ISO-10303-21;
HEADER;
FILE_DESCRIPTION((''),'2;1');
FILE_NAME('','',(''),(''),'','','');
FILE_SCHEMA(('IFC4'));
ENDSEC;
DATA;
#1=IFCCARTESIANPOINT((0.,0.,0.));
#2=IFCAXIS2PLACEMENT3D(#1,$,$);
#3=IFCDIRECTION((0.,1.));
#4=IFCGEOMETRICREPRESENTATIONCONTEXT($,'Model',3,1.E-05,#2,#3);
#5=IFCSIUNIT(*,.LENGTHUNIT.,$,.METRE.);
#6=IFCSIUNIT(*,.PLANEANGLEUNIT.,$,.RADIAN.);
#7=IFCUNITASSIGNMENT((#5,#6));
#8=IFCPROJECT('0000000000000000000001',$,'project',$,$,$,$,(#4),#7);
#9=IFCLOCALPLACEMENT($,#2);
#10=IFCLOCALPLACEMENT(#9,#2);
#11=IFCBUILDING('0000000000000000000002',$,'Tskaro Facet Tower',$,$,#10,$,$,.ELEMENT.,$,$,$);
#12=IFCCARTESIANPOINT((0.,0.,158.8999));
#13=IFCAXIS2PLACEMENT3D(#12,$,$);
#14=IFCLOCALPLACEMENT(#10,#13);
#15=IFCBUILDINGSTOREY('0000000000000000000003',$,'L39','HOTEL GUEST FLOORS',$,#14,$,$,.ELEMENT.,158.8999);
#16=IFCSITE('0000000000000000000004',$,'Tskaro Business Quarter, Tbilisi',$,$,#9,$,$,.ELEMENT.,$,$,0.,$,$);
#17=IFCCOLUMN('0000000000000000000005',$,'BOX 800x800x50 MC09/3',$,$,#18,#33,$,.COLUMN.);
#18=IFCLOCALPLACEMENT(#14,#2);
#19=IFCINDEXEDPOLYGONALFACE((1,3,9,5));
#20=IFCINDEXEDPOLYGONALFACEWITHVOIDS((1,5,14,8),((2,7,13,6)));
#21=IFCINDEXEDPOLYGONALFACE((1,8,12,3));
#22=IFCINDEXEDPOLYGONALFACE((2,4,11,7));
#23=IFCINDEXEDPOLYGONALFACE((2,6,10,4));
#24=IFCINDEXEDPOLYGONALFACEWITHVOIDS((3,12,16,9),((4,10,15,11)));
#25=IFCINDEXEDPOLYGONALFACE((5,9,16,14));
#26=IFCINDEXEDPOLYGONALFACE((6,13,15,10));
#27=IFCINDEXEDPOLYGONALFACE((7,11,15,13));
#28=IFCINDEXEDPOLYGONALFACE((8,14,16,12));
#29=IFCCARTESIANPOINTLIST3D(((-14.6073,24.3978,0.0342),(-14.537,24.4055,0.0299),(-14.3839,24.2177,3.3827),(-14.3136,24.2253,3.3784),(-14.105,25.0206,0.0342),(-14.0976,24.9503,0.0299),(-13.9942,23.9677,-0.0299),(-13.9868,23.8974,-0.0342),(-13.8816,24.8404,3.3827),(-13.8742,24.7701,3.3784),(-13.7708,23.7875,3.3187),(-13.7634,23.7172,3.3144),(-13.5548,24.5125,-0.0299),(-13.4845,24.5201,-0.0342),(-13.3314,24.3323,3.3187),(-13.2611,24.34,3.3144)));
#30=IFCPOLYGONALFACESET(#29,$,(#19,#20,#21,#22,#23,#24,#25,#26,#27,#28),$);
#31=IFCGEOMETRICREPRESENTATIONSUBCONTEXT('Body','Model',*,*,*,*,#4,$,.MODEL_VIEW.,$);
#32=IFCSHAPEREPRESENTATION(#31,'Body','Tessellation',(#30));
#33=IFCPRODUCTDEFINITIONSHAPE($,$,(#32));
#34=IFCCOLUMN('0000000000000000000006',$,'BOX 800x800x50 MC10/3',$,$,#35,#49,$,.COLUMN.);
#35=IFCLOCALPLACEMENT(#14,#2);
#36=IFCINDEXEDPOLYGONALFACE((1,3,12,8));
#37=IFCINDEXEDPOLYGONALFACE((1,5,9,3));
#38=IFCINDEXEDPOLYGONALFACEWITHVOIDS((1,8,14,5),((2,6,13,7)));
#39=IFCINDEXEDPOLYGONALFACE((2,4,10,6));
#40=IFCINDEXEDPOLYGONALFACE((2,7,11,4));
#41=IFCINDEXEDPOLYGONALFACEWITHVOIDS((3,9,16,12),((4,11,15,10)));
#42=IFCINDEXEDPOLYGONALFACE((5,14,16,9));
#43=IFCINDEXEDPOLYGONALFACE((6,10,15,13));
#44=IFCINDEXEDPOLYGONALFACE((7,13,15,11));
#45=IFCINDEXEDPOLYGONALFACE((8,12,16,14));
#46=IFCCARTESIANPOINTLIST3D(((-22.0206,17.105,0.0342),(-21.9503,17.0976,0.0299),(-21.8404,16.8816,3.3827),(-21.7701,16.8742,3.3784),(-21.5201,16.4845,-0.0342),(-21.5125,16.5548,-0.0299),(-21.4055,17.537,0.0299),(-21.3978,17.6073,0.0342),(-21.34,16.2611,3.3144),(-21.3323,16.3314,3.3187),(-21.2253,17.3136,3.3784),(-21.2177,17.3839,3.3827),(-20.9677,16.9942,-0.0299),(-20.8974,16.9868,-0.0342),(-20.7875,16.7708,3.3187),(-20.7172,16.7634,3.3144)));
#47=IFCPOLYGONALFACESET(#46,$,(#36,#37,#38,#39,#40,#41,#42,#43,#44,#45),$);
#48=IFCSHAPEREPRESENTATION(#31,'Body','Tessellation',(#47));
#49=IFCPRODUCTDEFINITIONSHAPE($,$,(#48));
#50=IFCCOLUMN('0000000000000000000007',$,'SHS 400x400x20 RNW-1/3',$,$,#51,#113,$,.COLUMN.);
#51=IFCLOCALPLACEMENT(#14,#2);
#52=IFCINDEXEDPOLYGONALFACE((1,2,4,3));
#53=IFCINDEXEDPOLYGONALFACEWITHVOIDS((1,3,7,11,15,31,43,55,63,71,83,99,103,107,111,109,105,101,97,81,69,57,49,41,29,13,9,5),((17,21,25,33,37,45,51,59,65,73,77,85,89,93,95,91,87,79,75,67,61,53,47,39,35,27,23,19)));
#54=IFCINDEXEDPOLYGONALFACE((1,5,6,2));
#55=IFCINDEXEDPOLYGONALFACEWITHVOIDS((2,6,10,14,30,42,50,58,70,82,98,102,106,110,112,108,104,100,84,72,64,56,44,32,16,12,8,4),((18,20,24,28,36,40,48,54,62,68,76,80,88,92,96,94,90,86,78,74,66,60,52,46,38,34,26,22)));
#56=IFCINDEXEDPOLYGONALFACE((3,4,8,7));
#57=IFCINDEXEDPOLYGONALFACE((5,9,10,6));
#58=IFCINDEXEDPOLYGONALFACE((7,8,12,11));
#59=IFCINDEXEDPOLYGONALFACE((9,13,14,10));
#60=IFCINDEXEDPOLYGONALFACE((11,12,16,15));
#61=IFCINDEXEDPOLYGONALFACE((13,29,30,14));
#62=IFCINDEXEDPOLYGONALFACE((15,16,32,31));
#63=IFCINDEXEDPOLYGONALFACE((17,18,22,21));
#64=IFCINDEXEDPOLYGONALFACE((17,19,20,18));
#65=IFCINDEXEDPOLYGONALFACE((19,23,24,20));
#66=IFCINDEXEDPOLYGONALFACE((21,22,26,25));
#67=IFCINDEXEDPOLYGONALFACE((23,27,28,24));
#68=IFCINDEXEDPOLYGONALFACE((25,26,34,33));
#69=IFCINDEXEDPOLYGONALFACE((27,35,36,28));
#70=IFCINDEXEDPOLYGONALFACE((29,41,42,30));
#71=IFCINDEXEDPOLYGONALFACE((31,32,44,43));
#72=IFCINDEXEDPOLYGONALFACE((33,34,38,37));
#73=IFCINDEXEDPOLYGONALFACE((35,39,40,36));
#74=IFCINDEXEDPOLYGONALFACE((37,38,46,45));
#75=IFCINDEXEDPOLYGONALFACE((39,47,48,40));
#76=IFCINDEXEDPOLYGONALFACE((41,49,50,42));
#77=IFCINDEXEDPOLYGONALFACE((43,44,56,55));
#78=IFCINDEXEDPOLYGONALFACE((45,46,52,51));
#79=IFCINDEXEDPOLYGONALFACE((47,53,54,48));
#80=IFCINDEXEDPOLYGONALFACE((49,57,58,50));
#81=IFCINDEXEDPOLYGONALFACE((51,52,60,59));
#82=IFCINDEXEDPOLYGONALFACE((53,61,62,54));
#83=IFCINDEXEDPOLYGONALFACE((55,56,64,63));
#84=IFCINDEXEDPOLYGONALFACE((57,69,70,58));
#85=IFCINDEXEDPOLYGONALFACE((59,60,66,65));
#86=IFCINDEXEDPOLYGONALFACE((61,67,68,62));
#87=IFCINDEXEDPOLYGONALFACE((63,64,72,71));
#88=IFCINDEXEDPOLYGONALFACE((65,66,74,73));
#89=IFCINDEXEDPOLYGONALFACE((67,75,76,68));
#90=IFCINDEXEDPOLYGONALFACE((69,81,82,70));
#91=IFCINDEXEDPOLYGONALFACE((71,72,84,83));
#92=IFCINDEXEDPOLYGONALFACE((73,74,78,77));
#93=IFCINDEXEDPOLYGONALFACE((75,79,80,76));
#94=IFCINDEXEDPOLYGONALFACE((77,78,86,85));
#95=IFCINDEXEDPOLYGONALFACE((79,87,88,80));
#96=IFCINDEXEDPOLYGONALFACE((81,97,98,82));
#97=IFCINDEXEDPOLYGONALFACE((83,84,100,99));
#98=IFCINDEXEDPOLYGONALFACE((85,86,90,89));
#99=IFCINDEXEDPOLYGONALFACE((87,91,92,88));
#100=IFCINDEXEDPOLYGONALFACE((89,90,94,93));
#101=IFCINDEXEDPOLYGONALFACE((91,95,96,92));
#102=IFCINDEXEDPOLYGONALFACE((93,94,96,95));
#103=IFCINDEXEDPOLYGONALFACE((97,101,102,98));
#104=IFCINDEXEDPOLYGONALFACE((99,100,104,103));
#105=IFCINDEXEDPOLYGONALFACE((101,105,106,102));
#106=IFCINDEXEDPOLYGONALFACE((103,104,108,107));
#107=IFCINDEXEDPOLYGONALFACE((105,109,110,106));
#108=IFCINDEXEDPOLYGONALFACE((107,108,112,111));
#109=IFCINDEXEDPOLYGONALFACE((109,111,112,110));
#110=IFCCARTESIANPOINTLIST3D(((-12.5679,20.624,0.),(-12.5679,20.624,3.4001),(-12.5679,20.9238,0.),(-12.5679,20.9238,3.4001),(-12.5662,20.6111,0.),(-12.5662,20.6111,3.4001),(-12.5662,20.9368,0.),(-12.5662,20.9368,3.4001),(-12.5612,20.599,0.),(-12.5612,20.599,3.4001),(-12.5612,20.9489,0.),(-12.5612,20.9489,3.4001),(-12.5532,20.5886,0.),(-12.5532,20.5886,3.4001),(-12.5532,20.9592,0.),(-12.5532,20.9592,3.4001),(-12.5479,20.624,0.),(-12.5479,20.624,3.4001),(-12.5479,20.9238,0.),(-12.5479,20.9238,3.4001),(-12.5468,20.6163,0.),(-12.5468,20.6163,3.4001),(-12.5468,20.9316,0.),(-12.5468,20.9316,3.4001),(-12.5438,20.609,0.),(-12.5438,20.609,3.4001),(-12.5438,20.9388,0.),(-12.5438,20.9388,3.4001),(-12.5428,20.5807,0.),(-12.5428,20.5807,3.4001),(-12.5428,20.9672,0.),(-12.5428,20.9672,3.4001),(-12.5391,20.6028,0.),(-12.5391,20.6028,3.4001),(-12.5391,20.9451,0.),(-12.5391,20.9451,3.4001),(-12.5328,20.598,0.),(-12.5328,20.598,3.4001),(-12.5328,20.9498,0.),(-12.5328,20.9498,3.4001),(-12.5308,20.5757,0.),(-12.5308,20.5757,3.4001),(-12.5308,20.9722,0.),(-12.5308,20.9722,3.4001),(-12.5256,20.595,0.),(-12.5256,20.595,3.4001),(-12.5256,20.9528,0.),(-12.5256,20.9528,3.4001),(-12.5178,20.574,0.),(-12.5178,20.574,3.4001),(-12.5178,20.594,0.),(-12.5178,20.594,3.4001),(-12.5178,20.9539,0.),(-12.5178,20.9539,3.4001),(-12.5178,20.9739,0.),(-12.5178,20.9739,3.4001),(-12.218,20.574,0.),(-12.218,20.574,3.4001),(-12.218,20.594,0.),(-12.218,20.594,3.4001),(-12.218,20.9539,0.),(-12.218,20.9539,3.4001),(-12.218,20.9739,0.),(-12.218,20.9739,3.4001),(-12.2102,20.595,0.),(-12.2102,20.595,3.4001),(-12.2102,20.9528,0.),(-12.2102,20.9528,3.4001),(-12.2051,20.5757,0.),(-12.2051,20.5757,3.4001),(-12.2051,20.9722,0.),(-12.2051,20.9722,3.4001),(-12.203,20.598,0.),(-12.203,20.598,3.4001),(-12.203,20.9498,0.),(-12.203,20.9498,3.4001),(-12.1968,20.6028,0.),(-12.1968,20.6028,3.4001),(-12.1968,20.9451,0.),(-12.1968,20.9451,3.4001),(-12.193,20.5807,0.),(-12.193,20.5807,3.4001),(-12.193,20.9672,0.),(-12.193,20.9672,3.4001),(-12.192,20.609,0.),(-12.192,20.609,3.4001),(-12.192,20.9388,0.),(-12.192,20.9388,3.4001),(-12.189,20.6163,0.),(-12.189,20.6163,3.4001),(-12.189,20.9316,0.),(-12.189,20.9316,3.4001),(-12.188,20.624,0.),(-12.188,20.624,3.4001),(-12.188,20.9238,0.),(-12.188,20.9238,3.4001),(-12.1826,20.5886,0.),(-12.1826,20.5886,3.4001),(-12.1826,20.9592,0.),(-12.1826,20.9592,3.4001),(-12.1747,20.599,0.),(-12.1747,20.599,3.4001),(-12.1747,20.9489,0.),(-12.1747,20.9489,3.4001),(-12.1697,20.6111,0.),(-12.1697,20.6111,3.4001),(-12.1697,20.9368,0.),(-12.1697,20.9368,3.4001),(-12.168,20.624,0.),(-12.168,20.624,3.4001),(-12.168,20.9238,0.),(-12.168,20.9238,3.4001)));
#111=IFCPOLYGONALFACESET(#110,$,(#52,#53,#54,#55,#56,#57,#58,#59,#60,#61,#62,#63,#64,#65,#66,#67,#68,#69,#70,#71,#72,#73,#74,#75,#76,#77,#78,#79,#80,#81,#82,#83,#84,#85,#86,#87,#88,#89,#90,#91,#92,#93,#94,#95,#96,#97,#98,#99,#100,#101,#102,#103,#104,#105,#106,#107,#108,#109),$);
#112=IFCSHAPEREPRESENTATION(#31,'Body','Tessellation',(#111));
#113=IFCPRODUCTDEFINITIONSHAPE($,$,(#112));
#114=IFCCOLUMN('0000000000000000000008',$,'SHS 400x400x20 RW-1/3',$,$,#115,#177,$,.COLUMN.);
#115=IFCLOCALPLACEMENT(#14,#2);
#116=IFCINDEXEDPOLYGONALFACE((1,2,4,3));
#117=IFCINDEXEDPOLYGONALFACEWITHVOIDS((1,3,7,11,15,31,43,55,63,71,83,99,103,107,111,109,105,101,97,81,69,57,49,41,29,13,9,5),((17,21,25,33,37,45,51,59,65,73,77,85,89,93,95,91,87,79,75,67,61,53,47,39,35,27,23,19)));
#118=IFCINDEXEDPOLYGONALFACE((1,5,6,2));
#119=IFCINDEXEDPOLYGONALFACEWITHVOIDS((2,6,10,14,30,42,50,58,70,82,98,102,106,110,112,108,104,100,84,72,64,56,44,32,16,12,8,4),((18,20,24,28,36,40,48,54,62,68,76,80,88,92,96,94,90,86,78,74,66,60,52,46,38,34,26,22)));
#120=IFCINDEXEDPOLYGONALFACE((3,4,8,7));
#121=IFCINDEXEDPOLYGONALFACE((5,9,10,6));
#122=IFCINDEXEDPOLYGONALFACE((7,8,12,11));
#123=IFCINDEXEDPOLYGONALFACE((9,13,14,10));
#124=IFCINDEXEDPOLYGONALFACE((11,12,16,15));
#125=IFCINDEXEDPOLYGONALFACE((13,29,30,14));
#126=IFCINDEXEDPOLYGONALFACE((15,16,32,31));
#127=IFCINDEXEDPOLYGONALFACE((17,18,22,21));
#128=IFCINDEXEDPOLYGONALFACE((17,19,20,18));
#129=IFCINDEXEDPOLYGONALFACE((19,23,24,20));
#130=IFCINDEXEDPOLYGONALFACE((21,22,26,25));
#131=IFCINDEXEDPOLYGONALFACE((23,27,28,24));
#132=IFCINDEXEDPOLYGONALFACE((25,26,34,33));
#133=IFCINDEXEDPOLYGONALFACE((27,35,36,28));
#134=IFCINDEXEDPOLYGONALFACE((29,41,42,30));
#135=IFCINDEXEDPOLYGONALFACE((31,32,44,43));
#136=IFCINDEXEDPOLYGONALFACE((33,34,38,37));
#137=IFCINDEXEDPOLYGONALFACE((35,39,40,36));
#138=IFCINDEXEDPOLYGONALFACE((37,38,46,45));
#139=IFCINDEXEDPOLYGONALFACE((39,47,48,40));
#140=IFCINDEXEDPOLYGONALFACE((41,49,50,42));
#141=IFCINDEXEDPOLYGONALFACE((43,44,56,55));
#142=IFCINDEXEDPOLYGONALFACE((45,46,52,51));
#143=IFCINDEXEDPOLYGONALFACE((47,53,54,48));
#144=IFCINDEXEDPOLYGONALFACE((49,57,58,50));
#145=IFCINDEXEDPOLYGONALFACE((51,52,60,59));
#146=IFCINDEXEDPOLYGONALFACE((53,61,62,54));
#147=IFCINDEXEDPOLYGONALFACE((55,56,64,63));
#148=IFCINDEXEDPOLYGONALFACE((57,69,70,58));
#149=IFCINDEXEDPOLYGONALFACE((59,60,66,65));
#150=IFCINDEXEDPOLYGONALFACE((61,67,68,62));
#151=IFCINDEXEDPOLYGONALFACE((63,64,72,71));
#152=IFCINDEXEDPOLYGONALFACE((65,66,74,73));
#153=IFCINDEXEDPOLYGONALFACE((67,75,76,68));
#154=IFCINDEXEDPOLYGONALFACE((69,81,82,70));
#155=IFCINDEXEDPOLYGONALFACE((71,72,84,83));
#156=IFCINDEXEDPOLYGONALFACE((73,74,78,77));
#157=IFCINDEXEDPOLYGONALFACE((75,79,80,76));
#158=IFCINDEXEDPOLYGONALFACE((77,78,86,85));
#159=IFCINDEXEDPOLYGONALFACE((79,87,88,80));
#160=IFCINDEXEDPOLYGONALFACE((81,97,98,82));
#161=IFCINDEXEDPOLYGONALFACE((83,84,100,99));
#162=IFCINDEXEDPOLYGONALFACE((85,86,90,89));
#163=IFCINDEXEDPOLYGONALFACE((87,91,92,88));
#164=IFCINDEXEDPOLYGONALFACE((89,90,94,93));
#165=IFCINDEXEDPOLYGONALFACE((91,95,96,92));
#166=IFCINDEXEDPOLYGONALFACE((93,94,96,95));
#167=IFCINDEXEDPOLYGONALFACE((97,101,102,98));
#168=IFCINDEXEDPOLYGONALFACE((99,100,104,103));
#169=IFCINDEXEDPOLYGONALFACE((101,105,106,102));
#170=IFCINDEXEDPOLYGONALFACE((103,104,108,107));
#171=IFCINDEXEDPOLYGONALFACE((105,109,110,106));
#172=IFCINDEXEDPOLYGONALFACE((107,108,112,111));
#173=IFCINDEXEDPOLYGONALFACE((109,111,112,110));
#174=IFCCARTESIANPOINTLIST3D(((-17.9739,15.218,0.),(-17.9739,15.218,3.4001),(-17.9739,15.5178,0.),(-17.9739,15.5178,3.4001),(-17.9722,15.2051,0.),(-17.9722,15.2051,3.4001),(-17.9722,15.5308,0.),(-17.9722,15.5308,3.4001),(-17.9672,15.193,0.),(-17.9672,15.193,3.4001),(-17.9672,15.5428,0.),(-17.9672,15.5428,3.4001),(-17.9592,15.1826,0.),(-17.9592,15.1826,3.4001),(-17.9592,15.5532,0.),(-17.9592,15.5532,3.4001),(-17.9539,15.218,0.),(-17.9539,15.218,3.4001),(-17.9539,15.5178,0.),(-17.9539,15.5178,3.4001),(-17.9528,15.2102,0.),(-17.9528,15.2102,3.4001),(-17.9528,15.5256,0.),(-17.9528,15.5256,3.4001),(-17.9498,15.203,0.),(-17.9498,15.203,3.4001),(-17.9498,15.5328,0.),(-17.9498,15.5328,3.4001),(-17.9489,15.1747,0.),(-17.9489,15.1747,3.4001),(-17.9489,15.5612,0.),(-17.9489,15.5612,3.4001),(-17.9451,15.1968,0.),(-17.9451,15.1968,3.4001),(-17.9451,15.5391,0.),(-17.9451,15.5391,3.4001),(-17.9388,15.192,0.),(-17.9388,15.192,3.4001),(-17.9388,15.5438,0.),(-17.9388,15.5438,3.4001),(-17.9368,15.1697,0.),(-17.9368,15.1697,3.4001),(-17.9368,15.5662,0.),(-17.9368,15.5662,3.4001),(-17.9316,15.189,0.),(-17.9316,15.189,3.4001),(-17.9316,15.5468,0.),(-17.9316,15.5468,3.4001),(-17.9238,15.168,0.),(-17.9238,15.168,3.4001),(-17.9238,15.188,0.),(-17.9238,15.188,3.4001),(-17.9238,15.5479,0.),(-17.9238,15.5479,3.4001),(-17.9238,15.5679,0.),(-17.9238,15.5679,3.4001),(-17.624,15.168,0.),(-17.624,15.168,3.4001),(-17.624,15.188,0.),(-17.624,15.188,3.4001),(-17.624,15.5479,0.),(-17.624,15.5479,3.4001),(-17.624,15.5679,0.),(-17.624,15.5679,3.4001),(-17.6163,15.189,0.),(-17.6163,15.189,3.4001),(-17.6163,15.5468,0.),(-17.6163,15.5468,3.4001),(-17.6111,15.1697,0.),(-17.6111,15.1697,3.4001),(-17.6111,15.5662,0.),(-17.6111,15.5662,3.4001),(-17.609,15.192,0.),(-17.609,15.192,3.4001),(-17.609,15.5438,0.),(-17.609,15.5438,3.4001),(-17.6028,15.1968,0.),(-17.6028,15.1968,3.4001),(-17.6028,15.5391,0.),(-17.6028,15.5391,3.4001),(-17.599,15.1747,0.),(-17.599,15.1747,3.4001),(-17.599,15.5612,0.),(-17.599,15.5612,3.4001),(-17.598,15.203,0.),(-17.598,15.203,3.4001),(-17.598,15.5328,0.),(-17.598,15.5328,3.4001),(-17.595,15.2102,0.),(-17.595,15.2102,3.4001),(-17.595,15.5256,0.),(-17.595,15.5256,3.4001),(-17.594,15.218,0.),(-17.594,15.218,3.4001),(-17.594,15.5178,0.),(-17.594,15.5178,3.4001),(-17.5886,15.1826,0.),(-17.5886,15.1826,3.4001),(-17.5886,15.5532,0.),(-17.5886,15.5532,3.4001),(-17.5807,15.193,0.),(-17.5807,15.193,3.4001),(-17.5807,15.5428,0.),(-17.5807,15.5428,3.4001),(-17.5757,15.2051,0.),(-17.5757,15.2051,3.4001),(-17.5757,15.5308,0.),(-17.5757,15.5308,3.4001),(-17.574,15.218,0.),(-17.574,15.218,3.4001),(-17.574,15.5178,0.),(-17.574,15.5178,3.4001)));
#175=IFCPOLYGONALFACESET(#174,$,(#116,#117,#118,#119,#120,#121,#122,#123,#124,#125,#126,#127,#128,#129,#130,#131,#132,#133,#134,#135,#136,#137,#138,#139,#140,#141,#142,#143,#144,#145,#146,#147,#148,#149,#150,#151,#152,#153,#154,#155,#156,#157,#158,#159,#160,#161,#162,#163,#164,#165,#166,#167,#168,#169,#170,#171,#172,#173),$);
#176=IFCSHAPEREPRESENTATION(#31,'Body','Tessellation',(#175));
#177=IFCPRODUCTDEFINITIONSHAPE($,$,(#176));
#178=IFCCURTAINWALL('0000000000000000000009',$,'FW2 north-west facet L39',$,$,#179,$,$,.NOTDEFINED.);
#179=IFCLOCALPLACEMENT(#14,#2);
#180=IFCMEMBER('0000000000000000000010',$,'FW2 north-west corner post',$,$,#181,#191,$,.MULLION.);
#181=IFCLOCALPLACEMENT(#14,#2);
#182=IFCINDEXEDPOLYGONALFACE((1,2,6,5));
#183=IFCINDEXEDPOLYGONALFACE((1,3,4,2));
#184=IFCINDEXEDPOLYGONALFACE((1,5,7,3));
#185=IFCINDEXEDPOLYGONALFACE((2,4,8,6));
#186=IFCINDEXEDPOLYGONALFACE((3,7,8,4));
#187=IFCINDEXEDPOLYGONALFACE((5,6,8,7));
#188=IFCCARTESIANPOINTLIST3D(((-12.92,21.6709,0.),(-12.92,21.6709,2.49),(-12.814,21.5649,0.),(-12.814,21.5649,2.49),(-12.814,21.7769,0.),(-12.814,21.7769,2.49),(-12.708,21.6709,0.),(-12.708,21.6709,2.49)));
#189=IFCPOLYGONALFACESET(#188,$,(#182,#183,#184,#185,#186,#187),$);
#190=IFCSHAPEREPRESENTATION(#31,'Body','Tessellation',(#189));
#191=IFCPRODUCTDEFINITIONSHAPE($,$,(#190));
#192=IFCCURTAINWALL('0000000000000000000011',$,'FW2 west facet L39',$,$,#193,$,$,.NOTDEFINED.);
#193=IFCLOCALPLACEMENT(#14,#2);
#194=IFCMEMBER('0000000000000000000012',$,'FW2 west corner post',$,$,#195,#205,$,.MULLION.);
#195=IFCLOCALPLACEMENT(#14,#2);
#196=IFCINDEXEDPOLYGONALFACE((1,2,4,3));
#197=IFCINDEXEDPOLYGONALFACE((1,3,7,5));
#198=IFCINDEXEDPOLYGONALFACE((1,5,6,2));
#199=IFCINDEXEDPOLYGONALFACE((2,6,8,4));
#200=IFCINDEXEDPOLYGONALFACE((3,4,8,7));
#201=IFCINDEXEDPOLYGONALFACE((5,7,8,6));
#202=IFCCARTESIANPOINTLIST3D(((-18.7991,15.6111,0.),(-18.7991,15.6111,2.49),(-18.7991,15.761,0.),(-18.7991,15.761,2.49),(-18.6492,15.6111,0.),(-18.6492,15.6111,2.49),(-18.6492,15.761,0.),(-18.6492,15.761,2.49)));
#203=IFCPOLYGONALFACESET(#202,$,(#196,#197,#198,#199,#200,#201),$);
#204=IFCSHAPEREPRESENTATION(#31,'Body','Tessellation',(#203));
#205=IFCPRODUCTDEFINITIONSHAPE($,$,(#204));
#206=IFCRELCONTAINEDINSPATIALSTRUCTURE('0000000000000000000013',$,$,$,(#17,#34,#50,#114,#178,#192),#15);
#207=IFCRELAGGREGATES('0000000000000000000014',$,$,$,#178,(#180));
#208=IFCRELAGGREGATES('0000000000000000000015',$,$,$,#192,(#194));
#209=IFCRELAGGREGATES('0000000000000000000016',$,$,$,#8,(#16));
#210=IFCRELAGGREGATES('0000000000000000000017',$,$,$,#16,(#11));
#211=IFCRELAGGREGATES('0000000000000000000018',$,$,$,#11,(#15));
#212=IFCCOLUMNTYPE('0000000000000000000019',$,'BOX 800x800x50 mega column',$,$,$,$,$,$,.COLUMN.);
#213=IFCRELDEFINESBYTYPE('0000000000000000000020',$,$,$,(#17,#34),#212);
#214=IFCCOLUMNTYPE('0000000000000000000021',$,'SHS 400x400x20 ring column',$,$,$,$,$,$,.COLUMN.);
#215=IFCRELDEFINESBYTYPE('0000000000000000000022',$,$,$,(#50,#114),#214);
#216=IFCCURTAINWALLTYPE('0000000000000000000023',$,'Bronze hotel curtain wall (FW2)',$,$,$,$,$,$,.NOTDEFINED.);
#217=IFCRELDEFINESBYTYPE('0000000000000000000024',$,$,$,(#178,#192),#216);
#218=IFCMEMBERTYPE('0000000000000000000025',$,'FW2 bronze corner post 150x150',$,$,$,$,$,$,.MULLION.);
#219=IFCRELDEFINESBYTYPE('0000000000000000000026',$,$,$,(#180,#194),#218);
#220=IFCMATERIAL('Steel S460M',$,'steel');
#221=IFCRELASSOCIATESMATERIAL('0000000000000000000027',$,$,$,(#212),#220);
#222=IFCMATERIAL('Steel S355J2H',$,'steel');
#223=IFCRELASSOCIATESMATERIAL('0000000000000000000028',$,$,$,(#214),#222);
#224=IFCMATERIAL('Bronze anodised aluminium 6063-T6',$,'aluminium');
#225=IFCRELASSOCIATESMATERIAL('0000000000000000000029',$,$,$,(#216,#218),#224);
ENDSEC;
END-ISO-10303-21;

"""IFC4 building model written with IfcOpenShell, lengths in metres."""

from ifc_helpers import new_model, si_unit, direction, frame, origin, origin_2d, place, context, subcontext, project, spatial, rectangle, hollow_rectangle, extrude, material, material_profile, profile_set, type_object, element, aggregate, save


model = new_model("IFC4")

# Units and contexts
model_context = context("Model", 3, precision=1e-05, world=origin(), true_north=direction((0.0, 1.0)))
body_context = subcontext(model_context, "Body", "Model", "MODEL_VIEW")
ifc_project = project(units=[si_unit("LENGTHUNIT", "METRE"), si_unit("PLANEANGLEUNIT", "RADIAN")], contexts=[model_context])

# Site, building, storey
site_placement = place(None, origin())
site = spatial("IfcSite", under=ifc_project, at=site_placement, Name="Tskaro Business Quarter, Tbilisi", CompositionType="ELEMENT", RefElevation=0.0)
building_placement = place(site_placement, origin())
building = spatial("IfcBuilding", under=site, at=building_placement, Name="Tskaro Facet Tower", CompositionType="ELEMENT")
storey_placement = place(building_placement, frame((0.0, 0.0, 158.8999)))
storey = spatial("IfcBuildingStorey", under=building, at=storey_placement, Name="L39", Description="HOTEL GUEST FLOORS", CompositionType="ELEMENT", Elevation=158.8999)

# Columns
ifc_material_1 = material(Name="Steel S460M", Category="steel")
ifc_material_profile_1 = material_profile(ifc_material_1, hollow_rectangle(XDim=0.8, YDim=0.8, WallThickness=0.05, at=origin_2d()), Name="BOX 800x800x50")
ifc_profile_set_1 = profile_set([ifc_material_profile_1], Name="Steel S460M")
column_type_1 = type_object("IfcColumnType", Name="BOX 800x800x50 mega column", PredefinedType="COLUMN", material=ifc_profile_set_1)
for number, where, z_axis, x_axis, name in (
    (1, (-14.0459, 24.459, 0.0), (0.066467, -0.053609, 0.996347), (0.627802, 0.778373, 0.0), "BOX 800x800x50 MC09/3"),
    (2, (-21.459, 17.0459, 0.0), (0.053609, -0.066467, 0.996347), (0.778373, 0.627802, 0.0), "BOX 800x800x50 MC10/3"),
):
    element("IfcColumn", number, at=place(storey_placement, frame(where, z_axis=z_axis, x_axis=x_axis)), inside=storey, type_object=column_type_1, Name=name, PredefinedType="COLUMN", context=body_context, shape_type="SweptSolid", body=[
        extrude(hollow_rectangle(XDim=0.8, YDim=0.8, WallThickness=0.05, at=origin_2d()), origin(), (0.0, 0.0, 1.0), 3.3608),
    ])
ifc_material_2 = material(Name="Steel S355J2H", Category="steel")
ifc_material_profile_2 = material_profile(ifc_material_2, hollow_rectangle(XDim=0.3999, YDim=0.3999, WallThickness=0.02, InnerFilletRadius=0.03, OuterFilletRadius=0.05, at=origin_2d()), Name="SHS 400x400x20")
ifc_profile_set_2 = profile_set([ifc_material_profile_2], Name="Steel S355J2H")
column_type_2 = type_object("IfcColumnType", Name="SHS 400x400x20 ring column", PredefinedType="COLUMN", material=ifc_profile_set_2)
for number, where, z_axis, x_axis, name in (
    (3, (-12.3679, 20.7739, 0.0), (0.0, 0.0, 1.0), (1.0, 0.0, 0.0), "SHS 400x400x20 RNW-1/3"),
    (4, (-17.7739, 15.3679, 0.0), (0.0, 0.0, 1.0), (1.0, 0.0, 0.0), "SHS 400x400x20 RW-1/3"),
):
    element("IfcColumn", number, at=place(storey_placement, frame(where, z_axis=z_axis, x_axis=x_axis)), inside=storey, type_object=column_type_2, Name=name, PredefinedType="COLUMN", context=body_context, shape_type="SweptSolid", body=[
        extrude(hollow_rectangle(XDim=0.3999, YDim=0.3999, WallThickness=0.02, InnerFilletRadius=0.03, OuterFilletRadius=0.05, at=origin_2d()), origin(), (0.0, 0.0, 1.0), 3.4001),
    ])

# Curtain wall, member
ifc_material_3 = material(Name="Bronze anodised aluminium 6063-T6", Category="aluminium")
curtain_wall_type = type_object("IfcCurtainWallType", Name="Bronze hotel curtain wall (FW2)", PredefinedType="NOTDEFINED", material=ifc_material_3)
curtain_wall_1_placement = place(storey_placement, origin())
curtain_wall_1 = element("IfcCurtainWall", 5, at=curtain_wall_1_placement, inside=storey, type_object=curtain_wall_type, Name="FW2 north-west facet L39", PredefinedType="NOTDEFINED")
ifc_material_profile_3 = material_profile(ifc_material_3, rectangle(XDim=0.1499, YDim=0.1499, at=origin_2d()), Name="Corner post 150x150")
ifc_profile_set_3 = profile_set([ifc_material_profile_3], Name="Bronze anodised aluminium 6063-T6")
member_type_1 = type_object("IfcMemberType", Name="FW2 bronze corner post 150x150", PredefinedType="MULLION", material=ifc_profile_set_3)
member_1_placement = place(storey_placement, frame((-12.814, 21.6709, 0.0), z_axis=(0.0, 0.0, 1.0), x_axis=(-0.707107, -0.707107, 0.0)))
member_1 = element("IfcMember", 6, at=member_1_placement, type_object=member_type_1, Name="FW2 north-west corner post", PredefinedType="MULLION", context=body_context, shape_type="SweptSolid", body=[
    extrude(rectangle(XDim=0.1499, YDim=0.1499, at=origin_2d()), origin(), (0.0, 0.0, 1.0), 2.49),
])

# Curtain wall, member
curtain_wall_2_placement = place(storey_placement, origin())
curtain_wall_2 = element("IfcCurtainWall", 7, at=curtain_wall_2_placement, inside=storey, type_object=curtain_wall_type, Name="FW2 west facet L39", PredefinedType="NOTDEFINED")
member_2_placement = place(storey_placement, frame((-18.7241, 15.686, 0.0), z_axis=(0.0, 0.0, 1.0), x_axis=(0.0, -1.0, 0.0)))
member_2 = element("IfcMember", 8, at=member_2_placement, type_object=member_type_1, Name="FW2 west corner post", PredefinedType="MULLION", context=body_context, shape_type="SweptSolid", body=[
    extrude(rectangle(XDim=0.1499, YDim=0.1499, at=origin_2d()), origin(), (0.0, 0.0, 1.0), 2.49),
])

aggregate(curtain_wall_1, [member_1])
aggregate(curtain_wall_2, [member_2])

save(model, "model.ifc")
